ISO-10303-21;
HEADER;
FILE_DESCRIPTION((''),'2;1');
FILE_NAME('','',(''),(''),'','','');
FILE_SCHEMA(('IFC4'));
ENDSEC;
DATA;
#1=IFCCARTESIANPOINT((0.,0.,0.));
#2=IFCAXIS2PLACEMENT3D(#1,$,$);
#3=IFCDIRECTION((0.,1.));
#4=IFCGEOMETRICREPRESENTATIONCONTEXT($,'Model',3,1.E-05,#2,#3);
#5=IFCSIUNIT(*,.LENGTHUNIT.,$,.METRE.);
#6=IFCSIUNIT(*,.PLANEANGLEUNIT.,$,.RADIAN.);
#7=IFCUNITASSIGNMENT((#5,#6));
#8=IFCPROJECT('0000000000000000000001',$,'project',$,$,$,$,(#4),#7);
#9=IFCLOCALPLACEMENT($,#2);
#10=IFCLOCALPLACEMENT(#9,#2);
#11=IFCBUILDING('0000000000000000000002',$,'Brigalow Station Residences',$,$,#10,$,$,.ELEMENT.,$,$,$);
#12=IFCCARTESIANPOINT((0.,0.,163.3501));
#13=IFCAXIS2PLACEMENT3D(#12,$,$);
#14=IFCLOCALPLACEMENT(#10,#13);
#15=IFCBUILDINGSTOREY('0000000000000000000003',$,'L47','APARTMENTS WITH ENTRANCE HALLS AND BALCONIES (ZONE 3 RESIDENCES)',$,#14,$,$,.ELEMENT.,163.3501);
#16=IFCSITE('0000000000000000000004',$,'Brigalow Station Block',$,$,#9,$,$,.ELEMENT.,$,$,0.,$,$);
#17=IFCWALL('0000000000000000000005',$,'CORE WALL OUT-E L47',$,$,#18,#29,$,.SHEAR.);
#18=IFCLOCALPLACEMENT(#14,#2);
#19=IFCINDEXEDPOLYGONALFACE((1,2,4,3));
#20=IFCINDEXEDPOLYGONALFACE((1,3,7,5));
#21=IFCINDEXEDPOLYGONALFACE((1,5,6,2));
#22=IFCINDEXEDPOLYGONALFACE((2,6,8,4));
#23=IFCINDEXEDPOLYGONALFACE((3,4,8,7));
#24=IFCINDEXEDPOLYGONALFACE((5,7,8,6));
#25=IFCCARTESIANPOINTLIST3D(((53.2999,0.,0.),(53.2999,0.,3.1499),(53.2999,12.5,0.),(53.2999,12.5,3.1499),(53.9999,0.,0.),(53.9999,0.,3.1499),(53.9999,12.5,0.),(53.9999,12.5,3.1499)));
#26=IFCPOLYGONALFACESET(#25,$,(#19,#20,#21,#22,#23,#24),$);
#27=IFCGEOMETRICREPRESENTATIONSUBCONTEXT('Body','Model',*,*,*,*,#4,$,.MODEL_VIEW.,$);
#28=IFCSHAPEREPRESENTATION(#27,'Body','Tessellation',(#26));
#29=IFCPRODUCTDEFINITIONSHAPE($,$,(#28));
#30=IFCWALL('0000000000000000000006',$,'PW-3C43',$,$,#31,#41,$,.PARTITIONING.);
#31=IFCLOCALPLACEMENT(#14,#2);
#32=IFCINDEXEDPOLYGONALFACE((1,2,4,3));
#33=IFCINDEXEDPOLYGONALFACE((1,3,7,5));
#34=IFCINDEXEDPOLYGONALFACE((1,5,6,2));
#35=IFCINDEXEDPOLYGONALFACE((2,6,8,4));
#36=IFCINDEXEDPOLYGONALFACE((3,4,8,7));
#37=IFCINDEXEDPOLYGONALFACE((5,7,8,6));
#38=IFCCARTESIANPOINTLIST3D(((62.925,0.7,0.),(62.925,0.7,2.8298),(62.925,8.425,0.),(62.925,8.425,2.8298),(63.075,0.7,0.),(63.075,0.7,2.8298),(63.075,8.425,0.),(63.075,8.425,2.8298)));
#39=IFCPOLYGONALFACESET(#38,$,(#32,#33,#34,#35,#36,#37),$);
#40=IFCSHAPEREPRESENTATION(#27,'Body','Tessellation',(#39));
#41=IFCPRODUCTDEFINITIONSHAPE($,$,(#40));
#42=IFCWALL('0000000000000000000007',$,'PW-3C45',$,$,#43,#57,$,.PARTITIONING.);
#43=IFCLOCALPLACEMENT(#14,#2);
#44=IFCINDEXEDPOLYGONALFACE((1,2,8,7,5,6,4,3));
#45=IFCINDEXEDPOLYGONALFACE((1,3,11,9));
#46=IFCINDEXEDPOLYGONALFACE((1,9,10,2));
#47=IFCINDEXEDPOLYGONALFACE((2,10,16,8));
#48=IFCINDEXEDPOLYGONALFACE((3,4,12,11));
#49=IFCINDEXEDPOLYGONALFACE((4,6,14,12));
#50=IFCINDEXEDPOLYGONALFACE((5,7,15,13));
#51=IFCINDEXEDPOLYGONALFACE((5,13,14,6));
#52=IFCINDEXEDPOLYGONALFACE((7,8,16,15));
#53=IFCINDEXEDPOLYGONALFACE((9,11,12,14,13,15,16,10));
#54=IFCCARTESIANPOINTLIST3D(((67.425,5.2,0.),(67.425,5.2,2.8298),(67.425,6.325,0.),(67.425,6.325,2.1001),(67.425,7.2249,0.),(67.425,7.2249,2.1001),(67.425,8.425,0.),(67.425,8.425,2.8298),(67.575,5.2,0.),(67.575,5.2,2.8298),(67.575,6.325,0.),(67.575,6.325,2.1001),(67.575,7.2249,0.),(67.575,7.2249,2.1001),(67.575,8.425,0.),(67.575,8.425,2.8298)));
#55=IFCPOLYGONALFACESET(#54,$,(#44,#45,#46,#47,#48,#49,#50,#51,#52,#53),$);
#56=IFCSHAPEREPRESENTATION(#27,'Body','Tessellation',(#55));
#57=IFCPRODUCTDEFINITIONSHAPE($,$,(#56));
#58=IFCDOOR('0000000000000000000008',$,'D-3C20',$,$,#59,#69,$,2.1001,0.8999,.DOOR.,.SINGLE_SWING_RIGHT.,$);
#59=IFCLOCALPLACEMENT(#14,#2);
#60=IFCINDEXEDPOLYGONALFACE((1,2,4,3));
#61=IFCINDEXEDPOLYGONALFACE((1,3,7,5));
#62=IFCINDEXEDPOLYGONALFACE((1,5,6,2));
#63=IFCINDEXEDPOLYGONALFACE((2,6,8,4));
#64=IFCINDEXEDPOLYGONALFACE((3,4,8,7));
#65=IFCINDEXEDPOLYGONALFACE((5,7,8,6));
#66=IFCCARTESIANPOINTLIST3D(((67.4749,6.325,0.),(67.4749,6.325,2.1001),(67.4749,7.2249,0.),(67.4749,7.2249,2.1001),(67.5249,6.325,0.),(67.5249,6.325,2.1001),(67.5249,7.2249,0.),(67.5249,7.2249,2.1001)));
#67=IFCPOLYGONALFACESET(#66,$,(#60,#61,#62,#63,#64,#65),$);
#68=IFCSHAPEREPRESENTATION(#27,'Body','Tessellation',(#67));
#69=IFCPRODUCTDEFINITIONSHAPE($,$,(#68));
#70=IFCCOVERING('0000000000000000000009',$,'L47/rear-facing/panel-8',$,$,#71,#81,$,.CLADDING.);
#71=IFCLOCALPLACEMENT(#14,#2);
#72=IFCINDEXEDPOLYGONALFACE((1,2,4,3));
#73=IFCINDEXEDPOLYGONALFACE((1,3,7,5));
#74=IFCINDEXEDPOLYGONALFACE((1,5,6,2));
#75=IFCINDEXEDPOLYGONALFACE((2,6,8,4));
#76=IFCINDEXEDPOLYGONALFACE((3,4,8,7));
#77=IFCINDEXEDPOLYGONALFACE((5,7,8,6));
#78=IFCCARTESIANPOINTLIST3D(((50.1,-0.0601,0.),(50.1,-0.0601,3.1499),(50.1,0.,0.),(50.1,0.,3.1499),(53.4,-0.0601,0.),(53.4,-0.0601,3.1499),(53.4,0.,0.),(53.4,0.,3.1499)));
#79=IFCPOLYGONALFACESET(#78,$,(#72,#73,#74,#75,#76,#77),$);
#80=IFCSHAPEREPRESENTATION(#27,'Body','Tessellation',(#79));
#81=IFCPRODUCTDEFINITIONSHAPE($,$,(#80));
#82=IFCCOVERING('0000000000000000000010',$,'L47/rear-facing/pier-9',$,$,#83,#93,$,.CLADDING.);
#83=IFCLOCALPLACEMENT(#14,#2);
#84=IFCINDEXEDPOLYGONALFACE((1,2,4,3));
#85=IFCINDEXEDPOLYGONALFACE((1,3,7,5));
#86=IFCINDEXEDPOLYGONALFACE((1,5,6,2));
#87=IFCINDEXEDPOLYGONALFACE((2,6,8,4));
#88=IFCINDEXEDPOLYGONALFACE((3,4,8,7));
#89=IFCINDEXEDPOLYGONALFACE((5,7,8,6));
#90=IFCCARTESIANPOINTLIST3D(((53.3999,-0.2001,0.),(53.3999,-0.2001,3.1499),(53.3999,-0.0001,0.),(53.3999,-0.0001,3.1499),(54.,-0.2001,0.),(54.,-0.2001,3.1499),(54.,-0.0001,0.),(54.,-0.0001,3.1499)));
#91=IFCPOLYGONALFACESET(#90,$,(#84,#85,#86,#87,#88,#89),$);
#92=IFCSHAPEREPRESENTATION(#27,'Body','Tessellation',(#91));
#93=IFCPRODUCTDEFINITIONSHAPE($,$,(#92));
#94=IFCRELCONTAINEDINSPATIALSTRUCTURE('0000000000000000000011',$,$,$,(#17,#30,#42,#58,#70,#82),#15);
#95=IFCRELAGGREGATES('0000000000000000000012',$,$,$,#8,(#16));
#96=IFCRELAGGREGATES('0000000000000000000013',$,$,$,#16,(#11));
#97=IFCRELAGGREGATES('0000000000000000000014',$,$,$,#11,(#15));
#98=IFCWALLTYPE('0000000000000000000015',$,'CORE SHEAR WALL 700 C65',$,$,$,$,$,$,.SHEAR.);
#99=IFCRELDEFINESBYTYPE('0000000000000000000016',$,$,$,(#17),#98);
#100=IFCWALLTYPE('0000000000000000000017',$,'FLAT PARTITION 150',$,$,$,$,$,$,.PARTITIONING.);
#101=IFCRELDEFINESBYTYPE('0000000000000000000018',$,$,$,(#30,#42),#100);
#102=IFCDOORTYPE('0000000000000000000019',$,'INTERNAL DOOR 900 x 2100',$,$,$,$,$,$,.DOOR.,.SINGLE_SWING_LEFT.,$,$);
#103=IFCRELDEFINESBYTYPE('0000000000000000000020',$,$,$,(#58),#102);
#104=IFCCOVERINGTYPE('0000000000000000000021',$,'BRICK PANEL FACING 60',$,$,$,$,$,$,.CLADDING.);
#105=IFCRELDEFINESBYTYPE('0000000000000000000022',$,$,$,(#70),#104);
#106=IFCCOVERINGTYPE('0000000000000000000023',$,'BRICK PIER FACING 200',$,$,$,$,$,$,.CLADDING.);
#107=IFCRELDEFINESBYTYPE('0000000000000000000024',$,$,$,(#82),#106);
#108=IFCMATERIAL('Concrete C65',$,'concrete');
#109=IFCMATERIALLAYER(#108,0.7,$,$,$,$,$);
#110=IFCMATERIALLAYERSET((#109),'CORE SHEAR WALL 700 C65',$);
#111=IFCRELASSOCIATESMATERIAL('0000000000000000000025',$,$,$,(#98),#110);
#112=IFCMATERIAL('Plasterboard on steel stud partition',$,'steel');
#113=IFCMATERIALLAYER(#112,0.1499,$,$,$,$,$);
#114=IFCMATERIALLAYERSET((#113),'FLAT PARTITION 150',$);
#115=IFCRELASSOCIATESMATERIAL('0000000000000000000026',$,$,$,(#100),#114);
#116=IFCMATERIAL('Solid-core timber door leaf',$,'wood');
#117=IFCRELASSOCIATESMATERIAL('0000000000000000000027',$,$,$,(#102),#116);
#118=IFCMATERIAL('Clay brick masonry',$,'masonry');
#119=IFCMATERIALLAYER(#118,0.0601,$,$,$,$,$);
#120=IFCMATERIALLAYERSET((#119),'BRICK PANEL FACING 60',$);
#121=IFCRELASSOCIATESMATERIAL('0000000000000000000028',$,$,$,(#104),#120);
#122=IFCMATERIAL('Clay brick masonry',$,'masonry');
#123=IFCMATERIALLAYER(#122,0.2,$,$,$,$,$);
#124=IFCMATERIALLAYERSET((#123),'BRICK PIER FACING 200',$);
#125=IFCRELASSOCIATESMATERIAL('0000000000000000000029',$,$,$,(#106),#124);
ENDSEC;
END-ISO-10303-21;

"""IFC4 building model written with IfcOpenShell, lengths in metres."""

from ifc_helpers import new_model, si_unit, direction, frame, frame_2d, origin, origin_2d, place, context, subcontext, project, spatial, rectangle, extrude, material, layer, layer_set, type_object, element, fill, save


model = new_model("IFC4")

# Units and contexts
model_context = context("Model", 3, precision=1e-05, world=origin(), true_north=direction((0.0, 1.0)))
body_context = subcontext(model_context, "Body", "Model", "MODEL_VIEW")
ifc_project = project(units=[si_unit("LENGTHUNIT", "METRE"), si_unit("PLANEANGLEUNIT", "RADIAN")], contexts=[model_context])

# Site, building, storey
site_placement = place(None, origin())
site = spatial("IfcSite", under=ifc_project, at=site_placement, Name="Brigalow Station Block", CompositionType="ELEMENT", RefElevation=0.0)
building_placement = place(site_placement, origin())
building = spatial("IfcBuilding", under=site, at=building_placement, Name="Brigalow Station Residences", CompositionType="ELEMENT")
storey_placement = place(building_placement, frame((0.0, 0.0, 163.3501)))
storey = spatial("IfcBuildingStorey", under=building, at=storey_placement, Name="L47", Description="APARTMENTS WITH ENTRANCE HALLS AND BALCONIES (ZONE 3 RESIDENCES)", CompositionType="ELEMENT", Elevation=163.3501)

# Walls
ifc_material_1 = material(Name="Concrete C65", Category="concrete")
ifc_layer_1 = layer(ifc_material_1, 0.7)
ifc_layer_set_1 = layer_set([ifc_layer_1], Name="CORE SHEAR WALL 700 C65")
wall_type_1 = type_object("IfcWallType", Name="CORE SHEAR WALL 700 C65", PredefinedType="SHEAR", material=ifc_layer_set_1)
wall_1_placement = place(storey_placement, frame((53.6499, 0.0, 0.0), z_axis=(0.0, 0.0, 1.0), x_axis=(0.0, 1.0, 0.0)))
element("IfcWall", 1, at=wall_1_placement, inside=storey, type_object=wall_type_1, Name="CORE WALL OUT-E L47", PredefinedType="SHEAR", context=body_context, shape_type="SweptSolid", body=[
    extrude(rectangle(XDim=12.5, YDim=0.7, at=frame_2d((6.25, 0.0))), origin(), (0.0, 0.0, 1.0), 3.1499),
])
ifc_material_2 = material(Name="Plasterboard on steel stud partition", Category="steel")
ifc_layer_2 = layer(ifc_material_2, 0.1499)
ifc_layer_set_2 = layer_set([ifc_layer_2], Name="FLAT PARTITION 150")
wall_type_2 = type_object("IfcWallType", Name="FLAT PARTITION 150", PredefinedType="PARTITIONING", material=ifc_layer_set_2)
wall_2_placement = place(storey_placement, frame((63.0, 0.7, 0.0), z_axis=(0.0, 0.0, 1.0), x_axis=(0.0, 1.0, 0.0)))
element("IfcWall", 2, at=wall_2_placement, inside=storey, type_object=wall_type_2, Name="PW-3C43", PredefinedType="PARTITIONING", context=body_context, shape_type="SweptSolid", body=[
    extrude(rectangle(XDim=7.7251, YDim=0.1499, at=frame_2d((3.8625, 0.0))), origin(), (0.0, 0.0, 1.0), 2.8298),
])

# Wall, opening, door
wall_3_placement = place(storey_placement, frame((67.5, 5.2, 0.0), z_axis=(0.0, 0.0, 1.0), x_axis=(0.0, 1.0, 0.0)))
wall_3 = element("IfcWall", 3, at=wall_3_placement, inside=storey, type_object=wall_type_2, Name="PW-3C45", PredefinedType="PARTITIONING", context=body_context, shape_type="SweptSolid", body=[
    extrude(rectangle(XDim=3.2251, YDim=0.1499, at=frame_2d((1.6125, 0.0))), origin(), (0.0, 0.0, 1.0), 2.8298),
])
opening_1_placement = place(wall_3_placement, frame((1.125, 0.0, 0.0)))
opening_1 = element("IfcOpeningElement", 4, at=opening_1_placement, cuts=wall_3, PredefinedType="OPENING", context=body_context, shape_type="SweptSolid", body=[
    extrude(rectangle(XDim=0.8999, YDim=2.1001, at=frame_2d((0.45, 1.05))), frame((0.0, 0.085, 0.0), z_axis=(0.0, -1.0, 0.0), x_axis=(1.0, 0.0, 0.0)), (0.0, 0.0, 1.0), 0.1699),
])
ifc_material_3 = material(Name="Solid-core timber door leaf", Category="wood")
door_type = type_object("IfcDoorType", Name="INTERNAL DOOR 900 x 2100", OperationType="SINGLE_SWING_LEFT", PredefinedType="DOOR", material=ifc_material_3)
door_placement = place(opening_1_placement, frame((0.8999, 0.0, 0.0), z_axis=(0.0, 0.0, 1.0), x_axis=(-1.0, 0.0, 0.0)))
door = element("IfcDoor", 5, at=door_placement, inside=storey, type_object=door_type, Name="D-3C20", OperationType="SINGLE_SWING_RIGHT", OverallHeight=2.1001, OverallWidth=0.8999, PredefinedType="DOOR", context=body_context, shape_type="SweptSolid", body=[
    extrude(rectangle(XDim=0.8999, YDim=2.1001, at=frame_2d((0.45, 1.05))), frame((0.0, 0.0249, 0.0), z_axis=(0.0, -1.0, 0.0), x_axis=(1.0, 0.0, 0.0)), (0.0, 0.0, 1.0), 0.05),
])
fill(opening_1, door)

# Coverings
ifc_material_4 = material(Name="Clay brick masonry", Category="masonry")
ifc_layer_3 = layer(ifc_material_4, 0.0601)
ifc_layer_set_3 = layer_set([ifc_layer_3], Name="BRICK PANEL FACING 60")
covering_type_1 = type_object("IfcCoveringType", Name="BRICK PANEL FACING 60", PredefinedType="CLADDING", material=ifc_layer_set_3)
covering_1_placement = place(storey_placement, frame((51.75, -0.03, 0.0), z_axis=(0.0, 0.0, 1.0), x_axis=(1.0, 0.0, 0.0)))
element("IfcCovering", 6, at=covering_1_placement, inside=storey, type_object=covering_type_1, Name="L47/rear-facing/panel-8", PredefinedType="CLADDING", context=body_context, shape_type="SweptSolid", body=[
    extrude(rectangle(XDim=3.3, YDim=0.0601, at=origin_2d()), origin(), (0.0, 0.0, 1.0), 3.1499),
])
ifc_material_5 = material(Name="Clay brick masonry", Category="masonry")
ifc_layer_4 = layer(ifc_material_5, 0.2)
ifc_layer_set_4 = layer_set([ifc_layer_4], Name="BRICK PIER FACING 200")
covering_type_2 = type_object("IfcCoveringType", Name="BRICK PIER FACING 200", PredefinedType="CLADDING", material=ifc_layer_set_4)
covering_2_placement = place(storey_placement, frame((53.7, -0.1001, 0.0), z_axis=(0.0, 0.0, 1.0), x_axis=(1.0, 0.0, 0.0)))
element("IfcCovering", 7, at=covering_2_placement, inside=storey, type_object=covering_type_2, Name="L47/rear-facing/pier-9", PredefinedType="CLADDING", context=body_context, shape_type="SweptSolid", body=[
    extrude(rectangle(XDim=0.6001, YDim=0.2, at=origin_2d()), origin(), (0.0, 0.0, 1.0), 3.1499),
])

save(model, "model.ifc")
